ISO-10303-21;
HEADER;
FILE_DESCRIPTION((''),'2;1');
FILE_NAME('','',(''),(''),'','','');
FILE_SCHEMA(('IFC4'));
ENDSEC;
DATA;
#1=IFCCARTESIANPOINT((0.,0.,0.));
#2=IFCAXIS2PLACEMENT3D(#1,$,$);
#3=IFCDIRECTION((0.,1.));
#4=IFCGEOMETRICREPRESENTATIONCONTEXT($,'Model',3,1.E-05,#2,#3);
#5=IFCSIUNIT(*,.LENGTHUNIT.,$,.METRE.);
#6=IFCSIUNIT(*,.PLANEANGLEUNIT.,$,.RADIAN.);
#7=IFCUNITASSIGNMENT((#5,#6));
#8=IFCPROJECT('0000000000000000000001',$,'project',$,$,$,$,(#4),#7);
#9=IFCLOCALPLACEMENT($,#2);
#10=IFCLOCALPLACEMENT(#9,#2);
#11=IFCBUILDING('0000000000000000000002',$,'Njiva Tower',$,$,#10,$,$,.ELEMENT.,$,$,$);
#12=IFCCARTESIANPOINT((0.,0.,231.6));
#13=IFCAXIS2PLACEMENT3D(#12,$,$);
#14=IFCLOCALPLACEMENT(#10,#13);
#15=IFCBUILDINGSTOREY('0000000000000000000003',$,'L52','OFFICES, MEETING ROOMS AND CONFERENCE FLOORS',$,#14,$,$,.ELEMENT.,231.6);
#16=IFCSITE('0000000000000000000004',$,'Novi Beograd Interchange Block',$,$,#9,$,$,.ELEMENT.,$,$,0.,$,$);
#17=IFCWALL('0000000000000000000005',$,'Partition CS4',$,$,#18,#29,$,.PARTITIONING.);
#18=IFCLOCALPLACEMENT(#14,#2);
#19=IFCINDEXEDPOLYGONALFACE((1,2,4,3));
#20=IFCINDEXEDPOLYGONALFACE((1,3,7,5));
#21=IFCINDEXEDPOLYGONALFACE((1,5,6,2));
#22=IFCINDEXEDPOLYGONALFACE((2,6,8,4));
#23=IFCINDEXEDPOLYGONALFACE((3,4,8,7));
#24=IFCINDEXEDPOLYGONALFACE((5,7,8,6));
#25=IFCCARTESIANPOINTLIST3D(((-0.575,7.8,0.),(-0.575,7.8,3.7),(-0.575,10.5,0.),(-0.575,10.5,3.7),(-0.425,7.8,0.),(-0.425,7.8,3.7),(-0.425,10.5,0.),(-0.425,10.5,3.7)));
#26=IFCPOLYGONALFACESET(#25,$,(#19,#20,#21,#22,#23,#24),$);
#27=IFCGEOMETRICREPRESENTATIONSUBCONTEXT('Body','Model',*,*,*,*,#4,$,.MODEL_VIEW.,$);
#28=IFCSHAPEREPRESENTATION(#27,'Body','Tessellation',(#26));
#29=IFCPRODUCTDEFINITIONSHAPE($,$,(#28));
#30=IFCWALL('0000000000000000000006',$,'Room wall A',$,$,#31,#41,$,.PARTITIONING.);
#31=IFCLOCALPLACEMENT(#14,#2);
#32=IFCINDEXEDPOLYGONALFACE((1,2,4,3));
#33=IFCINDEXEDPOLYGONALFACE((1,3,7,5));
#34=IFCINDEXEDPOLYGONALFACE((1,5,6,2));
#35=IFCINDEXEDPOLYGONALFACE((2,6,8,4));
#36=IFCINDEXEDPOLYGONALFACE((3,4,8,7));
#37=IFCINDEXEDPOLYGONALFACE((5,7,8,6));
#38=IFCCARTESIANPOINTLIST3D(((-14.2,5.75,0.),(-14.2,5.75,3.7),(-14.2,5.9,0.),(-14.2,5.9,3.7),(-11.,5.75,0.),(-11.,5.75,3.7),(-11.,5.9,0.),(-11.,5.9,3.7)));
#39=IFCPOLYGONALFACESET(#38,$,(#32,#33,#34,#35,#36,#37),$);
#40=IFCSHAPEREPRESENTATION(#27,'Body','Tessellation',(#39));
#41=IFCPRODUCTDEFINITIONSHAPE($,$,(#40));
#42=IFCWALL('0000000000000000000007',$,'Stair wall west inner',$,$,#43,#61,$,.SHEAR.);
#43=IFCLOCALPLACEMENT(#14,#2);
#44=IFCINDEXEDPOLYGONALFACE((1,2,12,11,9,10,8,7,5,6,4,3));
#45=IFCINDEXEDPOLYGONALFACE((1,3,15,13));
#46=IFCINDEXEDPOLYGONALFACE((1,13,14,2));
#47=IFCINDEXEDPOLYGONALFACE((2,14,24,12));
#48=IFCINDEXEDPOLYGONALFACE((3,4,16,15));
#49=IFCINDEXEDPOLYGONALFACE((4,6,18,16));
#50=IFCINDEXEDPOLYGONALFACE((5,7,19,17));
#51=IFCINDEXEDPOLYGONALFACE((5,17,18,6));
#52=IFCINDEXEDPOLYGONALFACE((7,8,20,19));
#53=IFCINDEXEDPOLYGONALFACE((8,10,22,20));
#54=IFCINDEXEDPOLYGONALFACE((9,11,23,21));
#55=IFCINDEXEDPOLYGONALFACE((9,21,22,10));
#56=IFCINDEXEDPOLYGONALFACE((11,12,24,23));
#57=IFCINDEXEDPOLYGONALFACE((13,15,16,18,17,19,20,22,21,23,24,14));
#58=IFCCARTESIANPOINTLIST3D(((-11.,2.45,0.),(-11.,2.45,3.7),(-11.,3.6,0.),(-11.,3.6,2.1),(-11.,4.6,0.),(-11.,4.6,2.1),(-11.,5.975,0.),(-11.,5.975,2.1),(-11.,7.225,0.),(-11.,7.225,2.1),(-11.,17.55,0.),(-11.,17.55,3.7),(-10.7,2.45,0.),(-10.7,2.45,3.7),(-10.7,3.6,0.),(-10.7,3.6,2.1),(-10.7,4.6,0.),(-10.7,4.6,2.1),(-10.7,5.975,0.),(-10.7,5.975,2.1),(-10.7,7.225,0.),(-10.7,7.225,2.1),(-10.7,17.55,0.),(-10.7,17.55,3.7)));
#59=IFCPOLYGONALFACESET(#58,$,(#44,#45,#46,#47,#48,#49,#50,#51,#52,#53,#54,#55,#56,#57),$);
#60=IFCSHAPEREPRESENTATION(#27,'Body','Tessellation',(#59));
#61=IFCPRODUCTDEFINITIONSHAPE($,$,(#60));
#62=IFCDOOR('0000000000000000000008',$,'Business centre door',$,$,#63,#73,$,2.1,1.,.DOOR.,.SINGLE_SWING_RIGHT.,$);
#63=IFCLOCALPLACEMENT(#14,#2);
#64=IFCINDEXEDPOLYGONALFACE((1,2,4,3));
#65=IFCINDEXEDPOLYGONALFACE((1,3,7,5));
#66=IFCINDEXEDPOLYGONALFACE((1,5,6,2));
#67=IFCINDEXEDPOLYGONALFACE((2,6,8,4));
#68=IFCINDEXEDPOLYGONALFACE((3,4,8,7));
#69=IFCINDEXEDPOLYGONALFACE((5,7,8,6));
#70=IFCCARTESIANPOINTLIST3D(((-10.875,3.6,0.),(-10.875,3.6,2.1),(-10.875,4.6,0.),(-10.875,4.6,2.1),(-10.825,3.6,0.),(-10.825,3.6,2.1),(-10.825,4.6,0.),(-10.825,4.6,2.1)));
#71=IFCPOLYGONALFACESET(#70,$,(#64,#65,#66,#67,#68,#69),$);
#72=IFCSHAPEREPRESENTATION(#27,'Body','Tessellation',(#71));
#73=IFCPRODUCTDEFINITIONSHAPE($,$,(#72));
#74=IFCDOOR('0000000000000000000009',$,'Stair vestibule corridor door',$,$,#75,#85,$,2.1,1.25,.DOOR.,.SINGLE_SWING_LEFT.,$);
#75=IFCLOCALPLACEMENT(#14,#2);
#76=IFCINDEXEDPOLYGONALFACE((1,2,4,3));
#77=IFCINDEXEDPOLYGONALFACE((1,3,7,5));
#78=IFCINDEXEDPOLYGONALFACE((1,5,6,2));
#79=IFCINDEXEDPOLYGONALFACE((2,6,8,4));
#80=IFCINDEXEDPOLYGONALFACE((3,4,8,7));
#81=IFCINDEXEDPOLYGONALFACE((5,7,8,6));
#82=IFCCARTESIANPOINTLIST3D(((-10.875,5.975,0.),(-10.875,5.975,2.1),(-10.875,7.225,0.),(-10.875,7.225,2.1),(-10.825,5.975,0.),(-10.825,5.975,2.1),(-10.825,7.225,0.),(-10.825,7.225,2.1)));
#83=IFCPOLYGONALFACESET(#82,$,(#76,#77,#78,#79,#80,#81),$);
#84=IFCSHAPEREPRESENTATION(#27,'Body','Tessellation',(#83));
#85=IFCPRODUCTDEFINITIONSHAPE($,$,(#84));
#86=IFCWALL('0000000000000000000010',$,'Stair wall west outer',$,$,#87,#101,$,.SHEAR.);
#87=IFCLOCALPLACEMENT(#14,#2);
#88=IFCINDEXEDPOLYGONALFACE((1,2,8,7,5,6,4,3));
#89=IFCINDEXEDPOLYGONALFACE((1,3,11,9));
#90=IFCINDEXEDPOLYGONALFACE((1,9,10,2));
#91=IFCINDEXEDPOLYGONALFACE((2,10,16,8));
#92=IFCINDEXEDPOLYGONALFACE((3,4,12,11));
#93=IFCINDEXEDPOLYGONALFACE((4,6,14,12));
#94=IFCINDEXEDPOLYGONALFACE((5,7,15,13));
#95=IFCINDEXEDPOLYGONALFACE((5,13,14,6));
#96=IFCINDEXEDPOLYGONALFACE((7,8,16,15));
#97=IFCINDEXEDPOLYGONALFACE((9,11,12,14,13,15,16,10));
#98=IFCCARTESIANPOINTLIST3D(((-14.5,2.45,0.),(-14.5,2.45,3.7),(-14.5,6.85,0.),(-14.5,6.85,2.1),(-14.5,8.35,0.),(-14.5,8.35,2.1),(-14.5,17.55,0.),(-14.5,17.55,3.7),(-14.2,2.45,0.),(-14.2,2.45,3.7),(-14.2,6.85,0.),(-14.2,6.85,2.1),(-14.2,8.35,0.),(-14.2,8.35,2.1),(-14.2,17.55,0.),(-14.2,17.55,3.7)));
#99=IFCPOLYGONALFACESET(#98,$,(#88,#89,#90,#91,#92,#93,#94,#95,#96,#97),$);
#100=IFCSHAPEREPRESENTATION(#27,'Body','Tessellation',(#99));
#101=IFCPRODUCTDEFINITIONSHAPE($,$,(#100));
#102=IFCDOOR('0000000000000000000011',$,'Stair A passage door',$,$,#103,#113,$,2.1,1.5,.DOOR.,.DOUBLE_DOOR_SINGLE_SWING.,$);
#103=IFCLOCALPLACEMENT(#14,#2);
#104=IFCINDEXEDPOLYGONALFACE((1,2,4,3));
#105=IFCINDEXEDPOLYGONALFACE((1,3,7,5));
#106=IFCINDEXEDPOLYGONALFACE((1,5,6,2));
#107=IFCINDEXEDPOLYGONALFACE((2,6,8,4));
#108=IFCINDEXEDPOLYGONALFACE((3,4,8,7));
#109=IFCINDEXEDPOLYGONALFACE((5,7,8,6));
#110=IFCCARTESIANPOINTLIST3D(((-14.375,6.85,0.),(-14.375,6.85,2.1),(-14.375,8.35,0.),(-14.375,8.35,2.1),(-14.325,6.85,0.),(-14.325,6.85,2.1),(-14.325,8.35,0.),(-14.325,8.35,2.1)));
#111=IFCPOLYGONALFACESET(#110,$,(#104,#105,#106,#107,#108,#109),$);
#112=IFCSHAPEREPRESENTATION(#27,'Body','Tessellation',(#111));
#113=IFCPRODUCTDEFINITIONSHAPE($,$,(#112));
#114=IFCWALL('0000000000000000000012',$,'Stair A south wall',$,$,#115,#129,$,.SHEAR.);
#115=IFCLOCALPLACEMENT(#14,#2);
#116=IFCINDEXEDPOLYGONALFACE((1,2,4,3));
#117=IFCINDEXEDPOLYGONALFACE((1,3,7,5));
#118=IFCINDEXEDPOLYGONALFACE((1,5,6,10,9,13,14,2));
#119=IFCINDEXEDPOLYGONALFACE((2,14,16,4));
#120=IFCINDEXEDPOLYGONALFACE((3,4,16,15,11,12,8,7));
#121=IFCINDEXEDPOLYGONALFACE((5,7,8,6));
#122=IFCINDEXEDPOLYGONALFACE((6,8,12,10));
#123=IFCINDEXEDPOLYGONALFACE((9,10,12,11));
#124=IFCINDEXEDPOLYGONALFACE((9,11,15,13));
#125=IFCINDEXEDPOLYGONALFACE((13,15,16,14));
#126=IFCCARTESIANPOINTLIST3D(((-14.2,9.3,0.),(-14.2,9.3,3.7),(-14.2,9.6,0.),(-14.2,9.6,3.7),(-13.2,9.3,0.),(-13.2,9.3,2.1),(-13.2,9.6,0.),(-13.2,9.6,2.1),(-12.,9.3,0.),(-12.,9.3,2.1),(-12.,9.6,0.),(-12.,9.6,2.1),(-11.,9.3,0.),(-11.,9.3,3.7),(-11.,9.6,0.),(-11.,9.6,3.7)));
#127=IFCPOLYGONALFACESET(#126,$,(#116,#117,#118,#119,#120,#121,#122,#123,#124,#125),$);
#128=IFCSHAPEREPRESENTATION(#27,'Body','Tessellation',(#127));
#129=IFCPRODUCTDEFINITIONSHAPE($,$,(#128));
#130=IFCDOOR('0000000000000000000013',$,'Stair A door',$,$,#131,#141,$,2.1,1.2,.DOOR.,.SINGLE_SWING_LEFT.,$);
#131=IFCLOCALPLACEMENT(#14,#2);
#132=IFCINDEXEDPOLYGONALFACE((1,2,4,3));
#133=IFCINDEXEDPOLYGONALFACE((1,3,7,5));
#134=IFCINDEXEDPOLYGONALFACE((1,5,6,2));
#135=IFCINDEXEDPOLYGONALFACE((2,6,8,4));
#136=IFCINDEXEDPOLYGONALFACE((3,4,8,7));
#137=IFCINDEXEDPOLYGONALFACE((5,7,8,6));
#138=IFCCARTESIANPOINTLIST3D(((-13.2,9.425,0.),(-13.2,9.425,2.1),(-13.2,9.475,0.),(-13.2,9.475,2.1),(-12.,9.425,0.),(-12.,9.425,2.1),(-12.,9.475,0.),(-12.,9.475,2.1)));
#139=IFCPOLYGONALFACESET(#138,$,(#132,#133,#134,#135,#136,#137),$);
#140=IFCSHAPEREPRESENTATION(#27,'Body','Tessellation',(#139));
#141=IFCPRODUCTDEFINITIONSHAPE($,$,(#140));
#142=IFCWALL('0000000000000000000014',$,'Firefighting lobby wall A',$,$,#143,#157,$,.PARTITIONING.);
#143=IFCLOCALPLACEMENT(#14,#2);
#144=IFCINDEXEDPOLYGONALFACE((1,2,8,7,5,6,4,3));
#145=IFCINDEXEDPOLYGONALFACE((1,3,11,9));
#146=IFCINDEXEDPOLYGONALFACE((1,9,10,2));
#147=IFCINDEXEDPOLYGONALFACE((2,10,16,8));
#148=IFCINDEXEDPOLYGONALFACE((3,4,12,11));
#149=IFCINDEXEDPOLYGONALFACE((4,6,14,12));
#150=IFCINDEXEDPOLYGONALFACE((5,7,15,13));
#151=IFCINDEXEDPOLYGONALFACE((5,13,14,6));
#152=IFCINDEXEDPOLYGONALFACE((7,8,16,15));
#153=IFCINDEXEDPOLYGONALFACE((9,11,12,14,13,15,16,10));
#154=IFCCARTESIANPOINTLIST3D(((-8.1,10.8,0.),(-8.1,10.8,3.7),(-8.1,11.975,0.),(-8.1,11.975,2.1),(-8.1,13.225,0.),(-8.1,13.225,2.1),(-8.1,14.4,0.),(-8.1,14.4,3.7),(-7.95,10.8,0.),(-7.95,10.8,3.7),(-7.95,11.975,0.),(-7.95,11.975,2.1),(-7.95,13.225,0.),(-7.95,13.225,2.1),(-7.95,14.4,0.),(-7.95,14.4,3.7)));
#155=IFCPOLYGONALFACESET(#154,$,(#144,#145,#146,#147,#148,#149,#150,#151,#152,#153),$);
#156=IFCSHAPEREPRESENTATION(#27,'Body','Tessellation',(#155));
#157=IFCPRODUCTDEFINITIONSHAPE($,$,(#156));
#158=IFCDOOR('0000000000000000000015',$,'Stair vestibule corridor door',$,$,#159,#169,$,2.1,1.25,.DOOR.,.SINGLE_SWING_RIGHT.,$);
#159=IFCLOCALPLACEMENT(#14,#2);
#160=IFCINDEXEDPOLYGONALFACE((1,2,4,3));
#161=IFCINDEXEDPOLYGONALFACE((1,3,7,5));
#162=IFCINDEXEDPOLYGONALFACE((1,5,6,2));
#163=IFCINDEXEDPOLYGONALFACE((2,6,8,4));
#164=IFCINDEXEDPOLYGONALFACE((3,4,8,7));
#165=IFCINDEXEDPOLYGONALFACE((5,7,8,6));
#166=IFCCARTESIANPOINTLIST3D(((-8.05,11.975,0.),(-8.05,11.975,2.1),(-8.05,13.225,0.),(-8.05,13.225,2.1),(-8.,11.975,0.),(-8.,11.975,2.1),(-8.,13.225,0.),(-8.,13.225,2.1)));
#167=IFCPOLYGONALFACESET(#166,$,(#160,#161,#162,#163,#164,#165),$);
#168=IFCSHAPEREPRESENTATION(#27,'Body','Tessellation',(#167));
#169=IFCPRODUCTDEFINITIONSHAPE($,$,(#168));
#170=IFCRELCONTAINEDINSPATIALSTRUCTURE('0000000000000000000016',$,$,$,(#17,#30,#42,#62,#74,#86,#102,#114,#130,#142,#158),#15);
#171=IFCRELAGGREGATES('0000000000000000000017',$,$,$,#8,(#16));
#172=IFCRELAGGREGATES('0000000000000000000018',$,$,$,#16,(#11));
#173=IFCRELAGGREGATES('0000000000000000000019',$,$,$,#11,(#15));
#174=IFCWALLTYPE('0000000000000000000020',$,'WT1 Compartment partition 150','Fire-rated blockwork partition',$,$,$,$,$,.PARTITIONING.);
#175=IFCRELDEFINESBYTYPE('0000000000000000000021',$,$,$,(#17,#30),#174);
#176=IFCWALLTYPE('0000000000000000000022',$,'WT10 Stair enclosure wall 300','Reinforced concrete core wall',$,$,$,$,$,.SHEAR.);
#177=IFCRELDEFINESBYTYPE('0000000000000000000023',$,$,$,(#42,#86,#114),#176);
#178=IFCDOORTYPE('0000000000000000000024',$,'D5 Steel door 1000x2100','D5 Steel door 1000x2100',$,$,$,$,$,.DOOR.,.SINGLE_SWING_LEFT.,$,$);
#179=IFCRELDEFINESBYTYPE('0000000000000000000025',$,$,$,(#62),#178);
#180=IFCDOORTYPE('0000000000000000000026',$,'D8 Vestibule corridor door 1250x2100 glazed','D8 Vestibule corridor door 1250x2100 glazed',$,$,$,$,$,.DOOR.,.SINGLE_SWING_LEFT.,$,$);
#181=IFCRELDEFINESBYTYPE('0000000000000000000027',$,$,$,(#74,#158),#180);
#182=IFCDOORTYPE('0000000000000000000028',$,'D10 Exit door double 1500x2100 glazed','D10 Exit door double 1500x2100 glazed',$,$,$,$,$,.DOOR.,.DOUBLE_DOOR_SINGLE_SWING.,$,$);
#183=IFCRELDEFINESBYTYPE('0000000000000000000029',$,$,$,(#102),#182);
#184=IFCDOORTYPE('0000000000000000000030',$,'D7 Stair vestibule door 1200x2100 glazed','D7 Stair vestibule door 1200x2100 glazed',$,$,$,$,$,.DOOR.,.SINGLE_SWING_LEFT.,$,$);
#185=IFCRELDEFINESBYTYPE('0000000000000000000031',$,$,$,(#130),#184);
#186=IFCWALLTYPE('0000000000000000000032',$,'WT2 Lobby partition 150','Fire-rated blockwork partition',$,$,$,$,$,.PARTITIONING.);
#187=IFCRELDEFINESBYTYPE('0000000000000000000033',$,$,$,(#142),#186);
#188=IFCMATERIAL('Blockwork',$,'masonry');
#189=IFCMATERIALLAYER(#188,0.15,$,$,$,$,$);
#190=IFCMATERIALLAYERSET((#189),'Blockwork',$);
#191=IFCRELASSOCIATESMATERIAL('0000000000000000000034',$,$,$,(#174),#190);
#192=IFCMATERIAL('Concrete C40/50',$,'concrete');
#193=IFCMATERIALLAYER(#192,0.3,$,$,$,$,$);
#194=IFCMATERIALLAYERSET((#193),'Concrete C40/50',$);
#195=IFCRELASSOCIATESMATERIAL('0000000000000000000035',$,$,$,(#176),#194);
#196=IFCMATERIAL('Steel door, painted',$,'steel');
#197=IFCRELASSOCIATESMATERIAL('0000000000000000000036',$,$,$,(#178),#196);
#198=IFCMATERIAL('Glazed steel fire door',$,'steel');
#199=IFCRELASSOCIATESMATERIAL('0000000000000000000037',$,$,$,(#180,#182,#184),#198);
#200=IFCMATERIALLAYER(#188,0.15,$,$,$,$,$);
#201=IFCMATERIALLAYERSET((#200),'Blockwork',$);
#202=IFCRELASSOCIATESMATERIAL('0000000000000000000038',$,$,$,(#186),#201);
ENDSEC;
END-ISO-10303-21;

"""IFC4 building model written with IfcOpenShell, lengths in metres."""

from ifc_helpers import new_model, si_unit, direction, frame, frame_2d, origin, place, context, subcontext, project, spatial, rectangle, extrude, material, layer, layer_set, type_object, element, fill, save


model = new_model("IFC4")

# Units and contexts
model_context = context("Model", 3, precision=1e-05, world=origin(), true_north=direction((0.0, 1.0)))
body_context = subcontext(model_context, "Body", "Model", "MODEL_VIEW")
ifc_project = project(units=[si_unit("LENGTHUNIT", "METRE"), si_unit("PLANEANGLEUNIT", "RADIAN")], contexts=[model_context])

# Site, building, storey
site_placement = place(None, origin())
site = spatial("IfcSite", under=ifc_project, at=site_placement, Name="Novi Beograd Interchange Block", CompositionType="ELEMENT", RefElevation=0.0)
building_placement = place(site_placement, origin())
building = spatial("IfcBuilding", under=site, at=building_placement, Name="Njiva Tower", CompositionType="ELEMENT")
storey_placement = place(building_placement, frame((0.0, 0.0, 231.6)))
storey = spatial("IfcBuildingStorey", under=building, at=storey_placement, Name="L52", Description="OFFICES, MEETING ROOMS AND CONFERENCE FLOORS", CompositionType="ELEMENT", Elevation=231.6)

# Walls
ifc_material_1 = material(Name="Blockwork", Category="masonry")
ifc_layer_1 = layer(ifc_material_1, 0.15)
ifc_layer_set_1 = layer_set([ifc_layer_1], Name="Blockwork")
wall_type_1 = type_object("IfcWallType", Name="WT1 Compartment partition 150", Description="Fire-rated blockwork partition", PredefinedType="PARTITIONING", material=ifc_layer_set_1)
wall_1_placement = place(storey_placement, frame((-0.5, 7.8, 0.0), z_axis=(0.0, 0.0, 1.0), x_axis=(0.0, 1.0, 0.0)))
element("IfcWall", 1, at=wall_1_placement, inside=storey, type_object=wall_type_1, Name="Partition CS4", PredefinedType="PARTITIONING", context=body_context, shape_type="SweptSolid", body=[
    extrude(rectangle(XDim=2.7, YDim=0.15, at=frame_2d((1.35, 0.0))), origin(), (0.0, 0.0, 1.0), 3.7),
])
wall_2_placement = place(storey_placement, frame((-14.2, 5.825, 0.0), z_axis=(0.0, 0.0, 1.0), x_axis=(1.0, 0.0, 0.0)))
element("IfcWall", 2, at=wall_2_placement, inside=storey, type_object=wall_type_1, Name="Room wall A", PredefinedType="PARTITIONING", context=body_context, shape_type="SweptSolid", body=[
    extrude(rectangle(XDim=3.2, YDim=0.15, at=frame_2d((1.6, 0.0))), origin(), (0.0, 0.0, 1.0), 3.7),
])

# Wall, openings, doors
ifc_material_2 = material(Name="Concrete C40/50", Category="concrete")
ifc_layer_2 = layer(ifc_material_2, 0.3)
ifc_layer_set_2 = layer_set([ifc_layer_2], Name="Concrete C40/50")
wall_type_2 = type_object("IfcWallType", Name="WT10 Stair enclosure wall 300", Description="Reinforced concrete core wall", PredefinedType="SHEAR", material=ifc_layer_set_2)
wall_3_placement = place(storey_placement, frame((-10.85, 2.45, 0.0), z_axis=(0.0, 0.0, 1.0), x_axis=(0.0, 1.0, 0.0)))
wall_3 = element("IfcWall", 3, at=wall_3_placement, inside=storey, type_object=wall_type_2, Name="Stair wall west inner", PredefinedType="SHEAR", context=body_context, shape_type="SweptSolid", body=[
    extrude(rectangle(XDim=15.1, YDim=0.3, at=frame_2d((7.55, 0.0))), origin(), (0.0, 0.0, 1.0), 3.7),
])
opening_1_placement = place(wall_3_placement, frame((3.525, 0.0, 0.0)))
opening_1 = element("IfcOpeningElement", 4, at=opening_1_placement, cuts=wall_3, PredefinedType="OPENING", context=body_context, shape_type="SweptSolid", body=[
    extrude(rectangle(XDim=1.25, YDim=2.1, at=frame_2d((0.625, 1.05))), frame((0.0, 0.16, 0.0), z_axis=(0.0, -1.0, 0.0), x_axis=(1.0, 0.0, 0.0)), (0.0, 0.0, 1.0), 0.32),
])
opening_2_placement = place(wall_3_placement, frame((1.15, 0.0, 0.0)))
opening_2 = element("IfcOpeningElement", 5, at=opening_2_placement, cuts=wall_3, PredefinedType="OPENING", context=body_context, shape_type="SweptSolid", body=[
    extrude(rectangle(XDim=1.0, YDim=2.1, at=frame_2d((0.5, 1.05))), frame((0.0, 0.16, 0.0), z_axis=(0.0, -1.0, 0.0), x_axis=(1.0, 0.0, 0.0)), (0.0, 0.0, 1.0), 0.32),
])
ifc_material_3 = material(Name="Steel door, painted", Category="steel")
door_type_1 = type_object("IfcDoorType", Name="D5 Steel door 1000x2100", Description="D5 Steel door 1000x2100", OperationType="SINGLE_SWING_LEFT", PredefinedType="DOOR", material=ifc_material_3)
door_1_placement = place(opening_2_placement, origin())
door_1 = element("IfcDoor", 6, at=door_1_placement, inside=storey, type_object=door_type_1, Name="Business centre door", OperationType="SINGLE_SWING_RIGHT", OverallHeight=2.1, OverallWidth=1.0, PredefinedType="DOOR", context=body_context, shape_type="SweptSolid", body=[
    extrude(rectangle(XDim=1.0, YDim=2.1, at=frame_2d((0.5, 1.05))), frame((0.0, 0.025, 0.0), z_axis=(0.0, -1.0, 0.0), x_axis=(1.0, 0.0, 0.0)), (0.0, 0.0, 1.0), 0.05),
])
fill(opening_2, door_1)
ifc_material_4 = material(Name="Glazed steel fire door", Category="steel")
door_type_2 = type_object("IfcDoorType", Name="D8 Vestibule corridor door 1250x2100 glazed", Description="D8 Vestibule corridor door 1250x2100 glazed", OperationType="SINGLE_SWING_LEFT", PredefinedType="DOOR", material=ifc_material_4)
door_2_placement = place(opening_1_placement, origin())
door_2 = element("IfcDoor", 7, at=door_2_placement, inside=storey, type_object=door_type_2, Name="Stair vestibule corridor door", OperationType="SINGLE_SWING_LEFT", OverallHeight=2.1, OverallWidth=1.25, PredefinedType="DOOR", context=body_context, shape_type="SweptSolid", body=[
    extrude(rectangle(XDim=1.25, YDim=2.1, at=frame_2d((0.625, 1.05))), frame((0.0, 0.025, 0.0), z_axis=(0.0, -1.0, 0.0), x_axis=(1.0, 0.0, 0.0)), (0.0, 0.0, 1.0), 0.05),
])
fill(opening_1, door_2)

# Walls, openings, doors
wall_4_placement = place(storey_placement, frame((-14.35, 2.45, 0.0), z_axis=(0.0, 0.0, 1.0), x_axis=(0.0, 1.0, 0.0)))
wall_4 = element("IfcWall", 8, at=wall_4_placement, inside=storey, type_object=wall_type_2, Name="Stair wall west outer", PredefinedType="SHEAR", context=body_context, shape_type="SweptSolid", body=[
    extrude(rectangle(XDim=15.1, YDim=0.3, at=frame_2d((7.55, 0.0))), origin(), (0.0, 0.0, 1.0), 3.7),
])
opening_3_placement = place(wall_4_placement, frame((4.4, 0.0, 0.0)))
opening_3 = element("IfcOpeningElement", 9, at=opening_3_placement, cuts=wall_4, PredefinedType="OPENING", context=body_context, shape_type="SweptSolid", body=[
    extrude(rectangle(XDim=1.5, YDim=2.1, at=frame_2d((0.75, 1.05))), frame((0.0, 0.16, 0.0), z_axis=(0.0, -1.0, 0.0), x_axis=(1.0, 0.0, 0.0)), (0.0, 0.0, 1.0), 0.32),
])
door_type_3 = type_object("IfcDoorType", Name="D10 Exit door double 1500x2100 glazed", Description="D10 Exit door double 1500x2100 glazed", OperationType="DOUBLE_DOOR_SINGLE_SWING", PredefinedType="DOOR", material=ifc_material_4)
door_3_placement = place(opening_3_placement, origin())
door_3 = element("IfcDoor", 10, at=door_3_placement, inside=storey, type_object=door_type_3, Name="Stair A passage door", OperationType="DOUBLE_DOOR_SINGLE_SWING", OverallHeight=2.1, OverallWidth=1.5, PredefinedType="DOOR", context=body_context, shape_type="SweptSolid", body=[
    extrude(rectangle(XDim=1.5, YDim=2.1, at=frame_2d((0.75, 1.05))), frame((0.0, 0.025, 0.0), z_axis=(0.0, -1.0, 0.0), x_axis=(1.0, 0.0, 0.0)), (0.0, 0.0, 1.0), 0.05),
])
fill(opening_3, door_3)
wall_5_placement = place(storey_placement, frame((-14.2, 9.45, 0.0), z_axis=(0.0, 0.0, 1.0), x_axis=(1.0, 0.0, 0.0)))
wall_5 = element("IfcWall", 11, at=wall_5_placement, inside=storey, type_object=wall_type_2, Name="Stair A south wall", PredefinedType="SHEAR", context=body_context, shape_type="SweptSolid", body=[
    extrude(rectangle(XDim=3.2, YDim=0.3, at=frame_2d((1.6, 0.0))), origin(), (0.0, 0.0, 1.0), 3.7),
])
opening_4_placement = place(wall_5_placement, frame((1.0, 0.0, 0.0)))
opening_4 = element("IfcOpeningElement", 12, at=opening_4_placement, cuts=wall_5, PredefinedType="OPENING", context=body_context, shape_type="SweptSolid", body=[
    extrude(rectangle(XDim=1.2, YDim=2.1, at=frame_2d((0.6, 1.05))), frame((0.0, 0.16, 0.0), z_axis=(0.0, -1.0, 0.0), x_axis=(1.0, 0.0, 0.0)), (0.0, 0.0, 1.0), 0.32),
])
door_type_4 = type_object("IfcDoorType", Name="D7 Stair vestibule door 1200x2100 glazed", Description="D7 Stair vestibule door 1200x2100 glazed", OperationType="SINGLE_SWING_LEFT", PredefinedType="DOOR", material=ifc_material_4)
door_4_placement = place(opening_4_placement, origin())
door_4 = element("IfcDoor", 13, at=door_4_placement, inside=storey, type_object=door_type_4, Name="Stair A door", OperationType="SINGLE_SWING_LEFT", OverallHeight=2.1, OverallWidth=1.2, PredefinedType="DOOR", context=body_context, shape_type="SweptSolid", body=[
    extrude(rectangle(XDim=1.2, YDim=2.1, at=frame_2d((0.6, 1.05))), frame((0.0, 0.025, 0.0), z_axis=(0.0, -1.0, 0.0), x_axis=(1.0, 0.0, 0.0)), (0.0, 0.0, 1.0), 0.05),
])
fill(opening_4, door_4)
ifc_layer_3 = layer(ifc_material_1, 0.15)
ifc_layer_set_3 = layer_set([ifc_layer_3], Name="Blockwork")
wall_type_3 = type_object("IfcWallType", Name="WT2 Lobby partition 150", Description="Fire-rated blockwork partition", PredefinedType="PARTITIONING", material=ifc_layer_set_3)
wall_6_placement = place(storey_placement, frame((-8.025, 10.8, 0.0), z_axis=(0.0, 0.0, 1.0), x_axis=(0.0, 1.0, 0.0)))
wall_6 = element("IfcWall", 14, at=wall_6_placement, inside=storey, type_object=wall_type_3, Name="Firefighting lobby wall A", PredefinedType="PARTITIONING", context=body_context, shape_type="SweptSolid", body=[
    extrude(rectangle(XDim=3.6, YDim=0.15, at=frame_2d((1.8, 0.0))), origin(), (0.0, 0.0, 1.0), 3.7),
])
opening_5_placement = place(wall_6_placement, frame((1.175, 0.0, 0.0)))
opening_5 = element("IfcOpeningElement", 15, at=opening_5_placement, cuts=wall_6, PredefinedType="OPENING", context=body_context, shape_type="SweptSolid", body=[
    extrude(rectangle(XDim=1.25, YDim=2.1, at=frame_2d((0.625, 1.05))), frame((0.0, 0.085, 0.0), z_axis=(0.0, -1.0, 0.0), x_axis=(1.0, 0.0, 0.0)), (0.0, 0.0, 1.0), 0.17),
])
door_5_placement = place(opening_5_placement, origin())
door_5 = element("IfcDoor", 16, at=door_5_placement, inside=storey, type_object=door_type_2, Name="Stair vestibule corridor door", OperationType="SINGLE_SWING_RIGHT", OverallHeight=2.1, OverallWidth=1.25, PredefinedType="DOOR", context=body_context, shape_type="SweptSolid", body=[
    extrude(rectangle(XDim=1.25, YDim=2.1, at=frame_2d((0.625, 1.05))), frame((0.0, 0.025, 0.0), z_axis=(0.0, -1.0, 0.0), x_axis=(1.0, 0.0, 0.0)), (0.0, 0.0, 1.0), 0.05),
])
fill(opening_5, door_5)

save(model, "model.ifc")
